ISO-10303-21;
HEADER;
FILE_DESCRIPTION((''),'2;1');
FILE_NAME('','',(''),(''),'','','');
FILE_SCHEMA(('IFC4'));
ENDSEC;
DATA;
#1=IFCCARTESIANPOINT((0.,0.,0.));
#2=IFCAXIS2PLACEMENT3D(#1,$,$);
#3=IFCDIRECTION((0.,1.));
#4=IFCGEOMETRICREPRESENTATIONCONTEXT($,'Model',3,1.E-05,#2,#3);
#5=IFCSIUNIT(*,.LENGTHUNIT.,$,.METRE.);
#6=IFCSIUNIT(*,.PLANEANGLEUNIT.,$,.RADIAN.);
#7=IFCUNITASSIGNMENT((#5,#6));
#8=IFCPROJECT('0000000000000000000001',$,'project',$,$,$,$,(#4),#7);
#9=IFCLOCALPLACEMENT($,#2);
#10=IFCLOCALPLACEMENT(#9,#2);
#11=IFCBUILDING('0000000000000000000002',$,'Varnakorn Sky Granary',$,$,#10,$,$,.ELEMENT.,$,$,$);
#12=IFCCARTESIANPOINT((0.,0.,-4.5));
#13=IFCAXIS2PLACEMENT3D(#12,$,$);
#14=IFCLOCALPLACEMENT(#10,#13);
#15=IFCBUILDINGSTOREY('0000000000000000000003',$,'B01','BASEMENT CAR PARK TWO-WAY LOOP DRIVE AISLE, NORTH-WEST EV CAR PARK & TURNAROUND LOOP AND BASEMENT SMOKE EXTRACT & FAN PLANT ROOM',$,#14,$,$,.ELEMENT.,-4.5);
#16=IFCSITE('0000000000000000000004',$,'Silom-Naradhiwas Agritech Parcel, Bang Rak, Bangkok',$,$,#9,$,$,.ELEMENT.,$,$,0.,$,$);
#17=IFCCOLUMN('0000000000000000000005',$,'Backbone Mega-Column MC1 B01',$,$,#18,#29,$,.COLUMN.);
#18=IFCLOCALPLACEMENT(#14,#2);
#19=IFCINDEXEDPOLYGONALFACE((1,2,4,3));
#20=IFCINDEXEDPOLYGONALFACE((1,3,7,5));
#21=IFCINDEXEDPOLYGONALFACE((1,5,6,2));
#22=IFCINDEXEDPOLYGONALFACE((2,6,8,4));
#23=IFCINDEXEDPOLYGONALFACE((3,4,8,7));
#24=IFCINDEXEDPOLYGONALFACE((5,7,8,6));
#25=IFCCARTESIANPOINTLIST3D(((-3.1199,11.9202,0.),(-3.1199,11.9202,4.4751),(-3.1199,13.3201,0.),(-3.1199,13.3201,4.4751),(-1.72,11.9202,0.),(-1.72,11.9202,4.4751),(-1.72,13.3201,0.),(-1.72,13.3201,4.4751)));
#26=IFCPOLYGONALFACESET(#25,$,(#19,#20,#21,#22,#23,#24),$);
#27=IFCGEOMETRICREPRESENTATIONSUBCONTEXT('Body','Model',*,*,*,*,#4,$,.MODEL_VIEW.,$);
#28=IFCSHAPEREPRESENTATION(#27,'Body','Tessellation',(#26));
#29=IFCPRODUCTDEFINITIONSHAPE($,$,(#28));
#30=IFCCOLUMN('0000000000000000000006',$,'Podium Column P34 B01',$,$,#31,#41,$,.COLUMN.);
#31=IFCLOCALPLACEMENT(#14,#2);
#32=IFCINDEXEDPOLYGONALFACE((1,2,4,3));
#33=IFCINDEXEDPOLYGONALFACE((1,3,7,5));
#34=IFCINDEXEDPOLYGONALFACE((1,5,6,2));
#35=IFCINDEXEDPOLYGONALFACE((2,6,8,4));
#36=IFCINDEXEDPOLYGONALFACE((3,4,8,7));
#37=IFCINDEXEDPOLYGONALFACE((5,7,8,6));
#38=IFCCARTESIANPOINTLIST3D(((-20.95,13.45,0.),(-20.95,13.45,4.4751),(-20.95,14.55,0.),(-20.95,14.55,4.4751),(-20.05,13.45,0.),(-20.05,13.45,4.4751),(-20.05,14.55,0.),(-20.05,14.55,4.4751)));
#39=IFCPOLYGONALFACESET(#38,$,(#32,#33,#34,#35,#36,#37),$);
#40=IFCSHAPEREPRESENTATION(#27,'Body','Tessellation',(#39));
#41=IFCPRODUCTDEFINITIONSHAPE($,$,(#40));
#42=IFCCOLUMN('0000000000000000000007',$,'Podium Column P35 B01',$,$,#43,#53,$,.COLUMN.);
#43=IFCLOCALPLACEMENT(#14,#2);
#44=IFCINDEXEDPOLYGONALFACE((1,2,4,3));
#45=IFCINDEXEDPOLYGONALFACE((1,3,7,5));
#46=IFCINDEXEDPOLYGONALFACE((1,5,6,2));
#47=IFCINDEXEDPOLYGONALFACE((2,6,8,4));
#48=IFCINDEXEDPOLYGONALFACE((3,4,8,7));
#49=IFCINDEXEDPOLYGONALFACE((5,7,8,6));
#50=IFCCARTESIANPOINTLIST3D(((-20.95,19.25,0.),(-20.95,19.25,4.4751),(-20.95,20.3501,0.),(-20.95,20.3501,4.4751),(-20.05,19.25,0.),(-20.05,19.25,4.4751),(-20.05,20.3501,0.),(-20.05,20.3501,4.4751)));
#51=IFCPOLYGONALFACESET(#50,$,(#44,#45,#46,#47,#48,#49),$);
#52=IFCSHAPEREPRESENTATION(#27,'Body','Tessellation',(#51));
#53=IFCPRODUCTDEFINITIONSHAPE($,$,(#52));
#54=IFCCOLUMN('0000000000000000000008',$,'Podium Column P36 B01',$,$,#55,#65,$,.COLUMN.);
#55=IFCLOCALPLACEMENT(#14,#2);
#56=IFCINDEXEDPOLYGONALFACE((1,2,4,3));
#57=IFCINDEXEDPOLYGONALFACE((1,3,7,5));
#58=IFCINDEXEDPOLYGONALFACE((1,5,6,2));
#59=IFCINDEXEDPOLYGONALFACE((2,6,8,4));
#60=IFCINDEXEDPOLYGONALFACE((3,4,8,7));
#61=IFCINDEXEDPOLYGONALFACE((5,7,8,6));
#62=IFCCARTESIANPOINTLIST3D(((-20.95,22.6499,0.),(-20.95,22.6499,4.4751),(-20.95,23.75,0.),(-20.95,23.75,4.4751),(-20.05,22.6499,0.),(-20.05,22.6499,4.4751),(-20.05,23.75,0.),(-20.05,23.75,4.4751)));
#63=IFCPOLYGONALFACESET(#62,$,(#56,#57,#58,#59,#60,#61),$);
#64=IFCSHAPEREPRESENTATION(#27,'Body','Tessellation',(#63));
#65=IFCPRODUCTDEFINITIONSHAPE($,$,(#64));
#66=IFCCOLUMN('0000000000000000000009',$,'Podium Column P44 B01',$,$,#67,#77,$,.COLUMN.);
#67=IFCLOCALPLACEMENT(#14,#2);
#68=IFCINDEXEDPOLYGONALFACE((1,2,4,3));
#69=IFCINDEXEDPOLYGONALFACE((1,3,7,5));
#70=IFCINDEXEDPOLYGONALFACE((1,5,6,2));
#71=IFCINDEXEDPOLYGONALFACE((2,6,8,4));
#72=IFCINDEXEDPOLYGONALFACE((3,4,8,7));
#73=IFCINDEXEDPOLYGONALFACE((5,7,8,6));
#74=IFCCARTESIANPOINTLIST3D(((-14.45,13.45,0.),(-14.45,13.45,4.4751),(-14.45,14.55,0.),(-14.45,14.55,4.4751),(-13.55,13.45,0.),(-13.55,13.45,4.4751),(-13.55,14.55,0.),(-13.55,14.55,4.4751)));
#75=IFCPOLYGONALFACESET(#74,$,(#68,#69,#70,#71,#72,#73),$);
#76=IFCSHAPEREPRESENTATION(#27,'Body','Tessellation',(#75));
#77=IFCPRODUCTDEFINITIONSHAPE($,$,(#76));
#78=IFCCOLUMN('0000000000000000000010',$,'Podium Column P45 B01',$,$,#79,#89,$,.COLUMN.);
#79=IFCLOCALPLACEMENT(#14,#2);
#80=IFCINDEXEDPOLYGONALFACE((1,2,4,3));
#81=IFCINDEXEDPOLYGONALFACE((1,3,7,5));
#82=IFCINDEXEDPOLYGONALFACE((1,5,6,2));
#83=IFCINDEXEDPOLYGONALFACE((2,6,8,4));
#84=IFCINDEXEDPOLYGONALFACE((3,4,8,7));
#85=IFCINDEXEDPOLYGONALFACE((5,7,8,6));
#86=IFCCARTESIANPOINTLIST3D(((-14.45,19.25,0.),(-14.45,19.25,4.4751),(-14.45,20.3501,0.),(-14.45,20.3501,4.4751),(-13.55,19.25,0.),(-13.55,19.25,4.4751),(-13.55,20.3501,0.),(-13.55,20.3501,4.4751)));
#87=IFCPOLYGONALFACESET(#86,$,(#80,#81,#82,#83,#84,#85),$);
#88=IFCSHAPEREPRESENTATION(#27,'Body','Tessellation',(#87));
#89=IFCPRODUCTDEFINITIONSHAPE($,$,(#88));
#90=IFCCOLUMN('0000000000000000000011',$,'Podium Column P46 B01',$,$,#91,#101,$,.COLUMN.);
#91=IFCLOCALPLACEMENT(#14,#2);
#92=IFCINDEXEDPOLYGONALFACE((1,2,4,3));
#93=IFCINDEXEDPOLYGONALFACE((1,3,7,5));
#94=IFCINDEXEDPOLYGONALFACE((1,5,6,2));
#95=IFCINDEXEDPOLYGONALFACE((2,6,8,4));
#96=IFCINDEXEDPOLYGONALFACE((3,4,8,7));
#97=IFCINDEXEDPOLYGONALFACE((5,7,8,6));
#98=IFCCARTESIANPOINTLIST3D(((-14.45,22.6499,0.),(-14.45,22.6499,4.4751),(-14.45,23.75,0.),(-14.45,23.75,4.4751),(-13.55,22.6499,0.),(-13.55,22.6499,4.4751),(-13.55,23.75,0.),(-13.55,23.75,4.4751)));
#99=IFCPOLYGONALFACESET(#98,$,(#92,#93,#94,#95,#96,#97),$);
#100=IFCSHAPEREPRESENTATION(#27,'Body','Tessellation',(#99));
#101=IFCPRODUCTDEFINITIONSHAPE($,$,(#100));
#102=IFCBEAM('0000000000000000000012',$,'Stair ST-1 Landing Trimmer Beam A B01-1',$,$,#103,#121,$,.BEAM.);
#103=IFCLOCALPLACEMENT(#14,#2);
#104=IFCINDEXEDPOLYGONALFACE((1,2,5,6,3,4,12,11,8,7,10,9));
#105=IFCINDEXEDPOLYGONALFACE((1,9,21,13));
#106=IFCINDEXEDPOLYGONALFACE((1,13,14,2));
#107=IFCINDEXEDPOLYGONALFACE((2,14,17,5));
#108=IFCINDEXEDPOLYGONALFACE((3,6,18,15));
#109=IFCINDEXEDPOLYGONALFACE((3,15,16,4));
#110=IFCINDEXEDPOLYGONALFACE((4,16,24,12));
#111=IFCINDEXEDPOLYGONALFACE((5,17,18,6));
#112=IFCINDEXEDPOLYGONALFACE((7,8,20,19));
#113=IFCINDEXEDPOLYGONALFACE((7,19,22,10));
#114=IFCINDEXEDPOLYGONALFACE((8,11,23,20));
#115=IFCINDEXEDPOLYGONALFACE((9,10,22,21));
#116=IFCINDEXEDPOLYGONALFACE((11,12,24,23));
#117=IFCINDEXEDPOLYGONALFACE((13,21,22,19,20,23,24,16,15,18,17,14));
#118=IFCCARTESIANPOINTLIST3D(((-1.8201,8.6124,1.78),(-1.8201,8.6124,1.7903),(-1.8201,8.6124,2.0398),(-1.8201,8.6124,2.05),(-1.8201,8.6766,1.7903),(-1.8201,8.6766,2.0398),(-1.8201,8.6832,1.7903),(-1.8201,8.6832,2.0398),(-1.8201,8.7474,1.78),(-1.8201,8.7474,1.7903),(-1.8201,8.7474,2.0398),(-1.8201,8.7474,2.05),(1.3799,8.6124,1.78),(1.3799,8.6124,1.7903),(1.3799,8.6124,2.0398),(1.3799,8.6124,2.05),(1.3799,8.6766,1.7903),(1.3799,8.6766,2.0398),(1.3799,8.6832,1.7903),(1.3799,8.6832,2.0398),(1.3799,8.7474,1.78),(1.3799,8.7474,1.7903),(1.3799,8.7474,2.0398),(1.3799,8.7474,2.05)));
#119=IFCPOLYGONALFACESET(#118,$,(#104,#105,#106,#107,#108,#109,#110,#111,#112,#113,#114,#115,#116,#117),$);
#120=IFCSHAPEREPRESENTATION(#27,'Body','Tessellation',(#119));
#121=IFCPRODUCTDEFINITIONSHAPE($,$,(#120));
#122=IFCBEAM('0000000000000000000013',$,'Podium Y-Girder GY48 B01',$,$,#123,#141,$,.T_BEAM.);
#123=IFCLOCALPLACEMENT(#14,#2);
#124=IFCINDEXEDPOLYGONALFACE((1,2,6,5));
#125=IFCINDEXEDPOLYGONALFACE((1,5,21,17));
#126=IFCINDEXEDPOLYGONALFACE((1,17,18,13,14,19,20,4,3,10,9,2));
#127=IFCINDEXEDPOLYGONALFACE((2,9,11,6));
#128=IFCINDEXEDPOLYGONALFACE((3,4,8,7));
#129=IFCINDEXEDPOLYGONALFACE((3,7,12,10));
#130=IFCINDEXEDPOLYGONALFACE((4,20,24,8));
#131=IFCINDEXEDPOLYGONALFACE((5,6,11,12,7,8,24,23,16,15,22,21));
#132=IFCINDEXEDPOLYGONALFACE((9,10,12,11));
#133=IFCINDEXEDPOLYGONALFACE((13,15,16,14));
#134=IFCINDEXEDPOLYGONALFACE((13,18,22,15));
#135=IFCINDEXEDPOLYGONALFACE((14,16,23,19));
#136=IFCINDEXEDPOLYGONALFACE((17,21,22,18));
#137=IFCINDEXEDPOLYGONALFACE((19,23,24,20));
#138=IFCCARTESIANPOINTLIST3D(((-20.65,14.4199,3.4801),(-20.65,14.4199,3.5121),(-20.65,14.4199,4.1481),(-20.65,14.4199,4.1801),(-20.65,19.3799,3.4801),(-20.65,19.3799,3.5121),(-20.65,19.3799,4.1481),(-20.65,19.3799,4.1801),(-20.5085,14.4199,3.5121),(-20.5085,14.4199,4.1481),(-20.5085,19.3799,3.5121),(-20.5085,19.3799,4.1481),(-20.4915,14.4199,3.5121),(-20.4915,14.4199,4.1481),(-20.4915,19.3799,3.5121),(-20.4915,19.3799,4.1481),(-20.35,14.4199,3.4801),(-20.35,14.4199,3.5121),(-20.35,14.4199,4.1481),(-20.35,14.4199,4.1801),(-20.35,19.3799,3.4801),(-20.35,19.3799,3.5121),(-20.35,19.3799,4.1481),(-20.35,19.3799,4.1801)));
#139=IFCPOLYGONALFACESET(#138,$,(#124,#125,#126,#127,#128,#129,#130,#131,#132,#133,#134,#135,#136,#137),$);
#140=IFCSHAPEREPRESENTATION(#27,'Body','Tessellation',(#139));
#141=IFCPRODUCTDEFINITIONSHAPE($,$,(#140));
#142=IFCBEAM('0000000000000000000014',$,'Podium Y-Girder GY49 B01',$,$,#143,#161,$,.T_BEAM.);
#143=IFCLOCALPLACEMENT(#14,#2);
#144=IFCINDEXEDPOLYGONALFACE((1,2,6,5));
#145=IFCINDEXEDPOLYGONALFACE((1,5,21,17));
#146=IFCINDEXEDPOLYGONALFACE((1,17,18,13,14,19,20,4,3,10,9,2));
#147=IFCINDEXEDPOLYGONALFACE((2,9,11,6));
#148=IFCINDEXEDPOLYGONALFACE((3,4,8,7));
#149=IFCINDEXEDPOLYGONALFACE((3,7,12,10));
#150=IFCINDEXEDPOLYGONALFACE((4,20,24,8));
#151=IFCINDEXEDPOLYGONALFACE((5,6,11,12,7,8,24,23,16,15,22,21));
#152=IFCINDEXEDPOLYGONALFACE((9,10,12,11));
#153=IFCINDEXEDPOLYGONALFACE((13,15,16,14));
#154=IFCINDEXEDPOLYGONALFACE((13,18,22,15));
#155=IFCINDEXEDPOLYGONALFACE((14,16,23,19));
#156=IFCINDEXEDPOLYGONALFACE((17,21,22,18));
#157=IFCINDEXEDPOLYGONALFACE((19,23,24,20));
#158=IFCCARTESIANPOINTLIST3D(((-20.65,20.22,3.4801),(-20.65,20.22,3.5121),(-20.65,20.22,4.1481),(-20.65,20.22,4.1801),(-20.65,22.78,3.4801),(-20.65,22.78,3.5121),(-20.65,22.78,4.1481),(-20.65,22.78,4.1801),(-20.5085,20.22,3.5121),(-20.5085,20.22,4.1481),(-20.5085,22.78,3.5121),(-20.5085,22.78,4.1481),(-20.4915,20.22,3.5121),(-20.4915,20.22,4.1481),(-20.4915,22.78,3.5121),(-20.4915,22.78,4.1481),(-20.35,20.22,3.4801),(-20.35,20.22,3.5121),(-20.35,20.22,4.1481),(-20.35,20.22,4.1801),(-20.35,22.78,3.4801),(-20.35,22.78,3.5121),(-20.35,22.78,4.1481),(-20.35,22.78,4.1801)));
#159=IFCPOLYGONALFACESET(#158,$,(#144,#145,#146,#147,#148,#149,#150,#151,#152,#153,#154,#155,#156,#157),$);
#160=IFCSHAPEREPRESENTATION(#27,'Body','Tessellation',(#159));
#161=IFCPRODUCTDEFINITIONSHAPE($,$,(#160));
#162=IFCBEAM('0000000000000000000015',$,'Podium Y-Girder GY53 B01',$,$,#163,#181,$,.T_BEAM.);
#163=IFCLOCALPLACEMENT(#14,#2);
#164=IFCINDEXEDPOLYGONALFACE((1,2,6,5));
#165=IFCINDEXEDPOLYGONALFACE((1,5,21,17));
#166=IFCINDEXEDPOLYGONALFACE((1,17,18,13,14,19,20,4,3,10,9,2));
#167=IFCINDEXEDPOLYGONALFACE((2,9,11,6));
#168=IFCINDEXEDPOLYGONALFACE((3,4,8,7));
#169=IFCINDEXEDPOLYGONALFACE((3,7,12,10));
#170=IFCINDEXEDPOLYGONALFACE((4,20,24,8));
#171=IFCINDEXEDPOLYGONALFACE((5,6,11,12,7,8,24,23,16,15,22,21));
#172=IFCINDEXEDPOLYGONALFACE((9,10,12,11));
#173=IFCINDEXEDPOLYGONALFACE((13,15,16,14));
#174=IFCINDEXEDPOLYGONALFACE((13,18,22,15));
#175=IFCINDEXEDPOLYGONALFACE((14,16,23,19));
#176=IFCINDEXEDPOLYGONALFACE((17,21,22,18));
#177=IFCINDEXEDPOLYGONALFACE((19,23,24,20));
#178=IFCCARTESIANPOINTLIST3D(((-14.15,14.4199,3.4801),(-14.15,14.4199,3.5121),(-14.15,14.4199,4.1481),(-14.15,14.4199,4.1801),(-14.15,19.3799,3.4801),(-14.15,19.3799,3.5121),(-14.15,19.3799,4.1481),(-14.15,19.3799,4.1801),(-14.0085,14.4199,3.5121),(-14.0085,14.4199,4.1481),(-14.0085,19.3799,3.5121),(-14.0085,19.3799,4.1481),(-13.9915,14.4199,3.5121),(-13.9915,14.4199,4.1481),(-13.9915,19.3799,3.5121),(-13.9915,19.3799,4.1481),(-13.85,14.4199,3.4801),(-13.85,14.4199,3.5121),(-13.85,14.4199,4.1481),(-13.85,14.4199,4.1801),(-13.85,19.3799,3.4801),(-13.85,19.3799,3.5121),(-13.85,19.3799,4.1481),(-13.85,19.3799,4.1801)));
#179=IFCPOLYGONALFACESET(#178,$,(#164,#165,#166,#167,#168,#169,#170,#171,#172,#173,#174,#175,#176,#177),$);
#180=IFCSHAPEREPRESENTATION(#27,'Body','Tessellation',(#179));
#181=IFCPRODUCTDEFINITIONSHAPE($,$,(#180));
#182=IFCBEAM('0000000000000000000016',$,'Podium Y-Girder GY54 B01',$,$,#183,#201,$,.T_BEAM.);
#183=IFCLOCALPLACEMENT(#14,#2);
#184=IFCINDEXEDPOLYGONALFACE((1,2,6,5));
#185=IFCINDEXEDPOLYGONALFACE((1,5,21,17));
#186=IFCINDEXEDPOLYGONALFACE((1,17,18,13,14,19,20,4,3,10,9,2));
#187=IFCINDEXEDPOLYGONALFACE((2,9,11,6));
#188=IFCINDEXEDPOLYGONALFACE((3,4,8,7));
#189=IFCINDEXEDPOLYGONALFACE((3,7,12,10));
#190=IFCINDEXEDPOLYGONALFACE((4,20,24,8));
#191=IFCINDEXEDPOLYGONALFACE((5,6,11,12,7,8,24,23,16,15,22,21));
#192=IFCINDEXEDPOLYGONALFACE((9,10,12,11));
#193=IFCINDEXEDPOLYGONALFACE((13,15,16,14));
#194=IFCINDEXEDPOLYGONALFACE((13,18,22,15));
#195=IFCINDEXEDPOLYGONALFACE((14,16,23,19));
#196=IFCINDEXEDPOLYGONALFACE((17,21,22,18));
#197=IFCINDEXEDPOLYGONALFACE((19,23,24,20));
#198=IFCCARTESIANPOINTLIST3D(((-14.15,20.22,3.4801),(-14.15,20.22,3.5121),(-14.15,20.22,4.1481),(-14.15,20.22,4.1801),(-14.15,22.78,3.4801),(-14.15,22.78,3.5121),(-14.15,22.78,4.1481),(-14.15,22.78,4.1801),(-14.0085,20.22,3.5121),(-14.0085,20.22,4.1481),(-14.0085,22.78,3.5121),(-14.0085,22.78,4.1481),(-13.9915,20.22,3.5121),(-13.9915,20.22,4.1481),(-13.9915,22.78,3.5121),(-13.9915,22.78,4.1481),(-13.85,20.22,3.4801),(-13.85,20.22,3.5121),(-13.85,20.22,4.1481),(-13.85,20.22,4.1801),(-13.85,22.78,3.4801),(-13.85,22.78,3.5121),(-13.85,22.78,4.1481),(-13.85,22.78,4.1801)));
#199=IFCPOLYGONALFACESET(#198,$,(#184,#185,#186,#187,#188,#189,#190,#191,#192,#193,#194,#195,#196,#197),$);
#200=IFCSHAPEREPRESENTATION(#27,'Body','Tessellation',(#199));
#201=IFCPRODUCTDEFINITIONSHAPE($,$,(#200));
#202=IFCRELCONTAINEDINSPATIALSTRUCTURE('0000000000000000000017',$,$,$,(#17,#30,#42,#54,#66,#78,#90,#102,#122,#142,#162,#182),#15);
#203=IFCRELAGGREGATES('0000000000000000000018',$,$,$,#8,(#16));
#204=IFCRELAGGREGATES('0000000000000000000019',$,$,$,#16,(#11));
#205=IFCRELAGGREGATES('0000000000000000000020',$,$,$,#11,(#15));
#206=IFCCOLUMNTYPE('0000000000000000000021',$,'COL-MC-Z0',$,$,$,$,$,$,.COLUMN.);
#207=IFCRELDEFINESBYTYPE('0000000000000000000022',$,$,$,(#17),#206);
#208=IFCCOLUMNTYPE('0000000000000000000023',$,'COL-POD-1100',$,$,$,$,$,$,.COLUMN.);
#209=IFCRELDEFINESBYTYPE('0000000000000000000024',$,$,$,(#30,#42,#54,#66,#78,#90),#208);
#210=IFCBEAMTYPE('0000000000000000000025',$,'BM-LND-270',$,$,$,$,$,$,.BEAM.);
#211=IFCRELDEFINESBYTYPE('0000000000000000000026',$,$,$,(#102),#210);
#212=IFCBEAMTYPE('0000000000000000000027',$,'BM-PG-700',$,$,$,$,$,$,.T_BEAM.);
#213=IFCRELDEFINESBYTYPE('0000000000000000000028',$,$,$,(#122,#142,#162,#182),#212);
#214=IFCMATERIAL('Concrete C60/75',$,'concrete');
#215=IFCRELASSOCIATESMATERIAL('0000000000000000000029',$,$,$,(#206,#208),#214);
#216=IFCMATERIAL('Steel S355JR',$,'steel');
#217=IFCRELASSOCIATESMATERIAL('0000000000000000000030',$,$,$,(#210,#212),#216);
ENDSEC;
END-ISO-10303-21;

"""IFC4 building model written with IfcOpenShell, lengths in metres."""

from ifc_helpers import new_model, si_unit, direction, frame, origin, origin_2d, place, context, subcontext, project, spatial, rectangle, i_section, extrude, material, material_profile, profile_set, type_object, element, save


model = new_model("IFC4")

# Units and contexts
model_context = context("Model", 3, precision=1e-05, world=origin(), true_north=direction((0.0, 1.0)))
body_context = subcontext(model_context, "Body", "Model", "MODEL_VIEW")
ifc_project = project(units=[si_unit("LENGTHUNIT", "METRE"), si_unit("PLANEANGLEUNIT", "RADIAN")], contexts=[model_context])

# Site, building, storey
site_placement = place(None, origin())
site = spatial("IfcSite", under=ifc_project, at=site_placement, Name="Silom-Naradhiwas Agritech Parcel, Bang Rak, Bangkok", CompositionType="ELEMENT", RefElevation=0.0)
building_placement = place(site_placement, origin())
building = spatial("IfcBuilding", under=site, at=building_placement, Name="Varnakorn Sky Granary", CompositionType="ELEMENT")
storey_placement = place(building_placement, frame((0.0, 0.0, -4.5)))
storey = spatial("IfcBuildingStorey", under=building, at=storey_placement, Name="B01", Description="BASEMENT CAR PARK TWO-WAY LOOP DRIVE AISLE, NORTH-WEST EV CAR PARK & TURNAROUND LOOP AND BASEMENT SMOKE EXTRACT & FAN PLANT ROOM", CompositionType="ELEMENT", Elevation=-4.5)

# Columns
ifc_material_1 = material(Name="Concrete C60/75", Category="concrete")
ifc_material_profile_1 = material_profile(ifc_material_1, rectangle(XDim=1.3999, YDim=1.3999, at=origin_2d()), Name="RC 1400x1400")
ifc_profile_set_1 = profile_set([ifc_material_profile_1], Name="Concrete C60/75")
column_type_1 = type_object("IfcColumnType", Name="COL-MC-Z0", PredefinedType="COLUMN", material=ifc_profile_set_1)
column_placement = place(storey_placement, frame((-2.4199, 12.6201, 0.0), z_axis=(0.0, 0.0, 1.0), x_axis=(1.0, 0.0, 0.0)))
element("IfcColumn", 1, at=column_placement, inside=storey, type_object=column_type_1, Name="Backbone Mega-Column MC1 B01", PredefinedType="COLUMN", context=body_context, shape_type="SweptSolid", body=[
    extrude(rectangle(XDim=1.3999, YDim=1.3999, at=origin_2d()), origin(), (0.0, 0.0, 1.0), 4.4751),
])
ifc_material_profile_2 = material_profile(ifc_material_1, rectangle(XDim=0.8999, YDim=1.1001, at=origin_2d()), Name="RC 900x1100")
ifc_profile_set_2 = profile_set([ifc_material_profile_2], Name="Concrete C60/75")
column_type_2 = type_object("IfcColumnType", Name="COL-POD-1100", PredefinedType="COLUMN", material=ifc_profile_set_2)
for number, where, z_axis, x_axis, name in (
    (2, (-20.5, 14.0, 0.0), (0.0, 0.0, 1.0), (1.0, 0.0, 0.0), "Podium Column P34 B01"),
    (3, (-20.5, 19.8, 0.0), (0.0, 0.0, 1.0), (1.0, 0.0, 0.0), "Podium Column P35 B01"),
    (4, (-20.5, 23.2, 0.0), (0.0, 0.0, 1.0), (1.0, 0.0, 0.0), "Podium Column P36 B01"),
    (5, (-14.0, 14.0, 0.0), (0.0, 0.0, 1.0), (1.0, 0.0, 0.0), "Podium Column P44 B01"),
    (6, (-14.0, 19.8, 0.0), (0.0, 0.0, 1.0), (1.0, 0.0, 0.0), "Podium Column P45 B01"),
    (7, (-14.0, 23.2, 0.0), (0.0, 0.0, 1.0), (1.0, 0.0, 0.0), "Podium Column P46 B01"),
):
    element("IfcColumn", number, at=place(storey_placement, frame(where, z_axis=z_axis, x_axis=x_axis)), inside=storey, type_object=column_type_2, Name=name, PredefinedType="COLUMN", context=body_context, shape_type="SweptSolid", body=[
        extrude(rectangle(XDim=0.8999, YDim=1.1001, at=origin_2d()), origin(), (0.0, 0.0, 1.0), 4.4751),
    ])

# Beams
ifc_material_2 = material(Name="Steel S355JR", Category="steel")
ifc_material_profile_3 = material_profile(ifc_material_2, i_section(OverallWidth=0.135, OverallDepth=0.27, WebThickness=0.0066, FlangeThickness=0.0103, at=origin_2d()), Name="IPE 270")
ifc_profile_set_3 = profile_set([ifc_material_profile_3], Name="Steel S355JR")
beam_type_1 = type_object("IfcBeamType", Name="BM-LND-270", PredefinedType="BEAM", material=ifc_profile_set_3)
beam_1_placement = place(storey_placement, frame((-1.8201, 8.6799, 1.915), z_axis=(1.0, 0.0, 0.0), x_axis=(0.0, 1.0, 0.0)))
element("IfcBeam", 8, at=beam_1_placement, inside=storey, type_object=beam_type_1, Name="Stair ST-1 Landing Trimmer Beam A B01-1", PredefinedType="BEAM", context=body_context, shape_type="SweptSolid", body=[
    extrude(i_section(OverallWidth=0.135, OverallDepth=0.27, WebThickness=0.0066, FlangeThickness=0.0103, at=origin_2d()), origin(), (0.0, 0.0, 1.0), 3.2),
])
ifc_material_profile_4 = material_profile(ifc_material_2, i_section(OverallWidth=0.3, OverallDepth=0.7, WebThickness=0.0171, FlangeThickness=0.032, at=origin_2d()), Name="HE 700 B")
ifc_profile_set_4 = profile_set([ifc_material_profile_4], Name="Steel S355JR")
beam_type_2 = type_object("IfcBeamType", Name="BM-PG-700", PredefinedType="T_BEAM", material=ifc_profile_set_4)
beam_2_placement = place(storey_placement, frame((-20.5, 14.4199, 3.8301), z_axis=(0.0, 1.0, 0.0), x_axis=(-1.0, 0.0, 0.0)))
element("IfcBeam", 9, at=beam_2_placement, inside=storey, type_object=beam_type_2, Name="Podium Y-Girder GY48 B01", PredefinedType="T_BEAM", context=body_context, shape_type="SweptSolid", body=[
    extrude(i_section(OverallWidth=0.3, OverallDepth=0.7, WebThickness=0.0171, FlangeThickness=0.032, at=origin_2d()), origin(), (0.0, 0.0, 1.0), 4.96),
])
beam_3_placement = place(storey_placement, frame((-20.5, 20.22, 3.8301), z_axis=(0.0, 1.0, 0.0), x_axis=(-1.0, 0.0, 0.0)))
element("IfcBeam", 10, at=beam_3_placement, inside=storey, type_object=beam_type_2, Name="Podium Y-Girder GY49 B01", PredefinedType="T_BEAM", context=body_context, shape_type="SweptSolid", body=[
    extrude(i_section(OverallWidth=0.3, OverallDepth=0.7, WebThickness=0.0171, FlangeThickness=0.032, at=origin_2d()), origin(), (0.0, 0.0, 1.0), 2.5601),
])
beam_4_placement = place(storey_placement, frame((-14.0, 14.4199, 3.8301), z_axis=(0.0, 1.0, 0.0), x_axis=(-1.0, 0.0, 0.0)))
element("IfcBeam", 11, at=beam_4_placement, inside=storey, type_object=beam_type_2, Name="Podium Y-Girder GY53 B01", PredefinedType="T_BEAM", context=body_context, shape_type="SweptSolid", body=[
    extrude(i_section(OverallWidth=0.3, OverallDepth=0.7, WebThickness=0.0171, FlangeThickness=0.032, at=origin_2d()), origin(), (0.0, 0.0, 1.0), 4.96),
])
beam_5_placement = place(storey_placement, frame((-14.0, 20.22, 3.8301), z_axis=(0.0, 1.0, 0.0), x_axis=(-1.0, 0.0, 0.0)))
element("IfcBeam", 12, at=beam_5_placement, inside=storey, type_object=beam_type_2, Name="Podium Y-Girder GY54 B01", PredefinedType="T_BEAM", context=body_context, shape_type="SweptSolid", body=[
    extrude(i_section(OverallWidth=0.3, OverallDepth=0.7, WebThickness=0.0171, FlangeThickness=0.032, at=origin_2d()), origin(), (0.0, 0.0, 1.0), 2.5601),
])

save(model, "model.ifc")
